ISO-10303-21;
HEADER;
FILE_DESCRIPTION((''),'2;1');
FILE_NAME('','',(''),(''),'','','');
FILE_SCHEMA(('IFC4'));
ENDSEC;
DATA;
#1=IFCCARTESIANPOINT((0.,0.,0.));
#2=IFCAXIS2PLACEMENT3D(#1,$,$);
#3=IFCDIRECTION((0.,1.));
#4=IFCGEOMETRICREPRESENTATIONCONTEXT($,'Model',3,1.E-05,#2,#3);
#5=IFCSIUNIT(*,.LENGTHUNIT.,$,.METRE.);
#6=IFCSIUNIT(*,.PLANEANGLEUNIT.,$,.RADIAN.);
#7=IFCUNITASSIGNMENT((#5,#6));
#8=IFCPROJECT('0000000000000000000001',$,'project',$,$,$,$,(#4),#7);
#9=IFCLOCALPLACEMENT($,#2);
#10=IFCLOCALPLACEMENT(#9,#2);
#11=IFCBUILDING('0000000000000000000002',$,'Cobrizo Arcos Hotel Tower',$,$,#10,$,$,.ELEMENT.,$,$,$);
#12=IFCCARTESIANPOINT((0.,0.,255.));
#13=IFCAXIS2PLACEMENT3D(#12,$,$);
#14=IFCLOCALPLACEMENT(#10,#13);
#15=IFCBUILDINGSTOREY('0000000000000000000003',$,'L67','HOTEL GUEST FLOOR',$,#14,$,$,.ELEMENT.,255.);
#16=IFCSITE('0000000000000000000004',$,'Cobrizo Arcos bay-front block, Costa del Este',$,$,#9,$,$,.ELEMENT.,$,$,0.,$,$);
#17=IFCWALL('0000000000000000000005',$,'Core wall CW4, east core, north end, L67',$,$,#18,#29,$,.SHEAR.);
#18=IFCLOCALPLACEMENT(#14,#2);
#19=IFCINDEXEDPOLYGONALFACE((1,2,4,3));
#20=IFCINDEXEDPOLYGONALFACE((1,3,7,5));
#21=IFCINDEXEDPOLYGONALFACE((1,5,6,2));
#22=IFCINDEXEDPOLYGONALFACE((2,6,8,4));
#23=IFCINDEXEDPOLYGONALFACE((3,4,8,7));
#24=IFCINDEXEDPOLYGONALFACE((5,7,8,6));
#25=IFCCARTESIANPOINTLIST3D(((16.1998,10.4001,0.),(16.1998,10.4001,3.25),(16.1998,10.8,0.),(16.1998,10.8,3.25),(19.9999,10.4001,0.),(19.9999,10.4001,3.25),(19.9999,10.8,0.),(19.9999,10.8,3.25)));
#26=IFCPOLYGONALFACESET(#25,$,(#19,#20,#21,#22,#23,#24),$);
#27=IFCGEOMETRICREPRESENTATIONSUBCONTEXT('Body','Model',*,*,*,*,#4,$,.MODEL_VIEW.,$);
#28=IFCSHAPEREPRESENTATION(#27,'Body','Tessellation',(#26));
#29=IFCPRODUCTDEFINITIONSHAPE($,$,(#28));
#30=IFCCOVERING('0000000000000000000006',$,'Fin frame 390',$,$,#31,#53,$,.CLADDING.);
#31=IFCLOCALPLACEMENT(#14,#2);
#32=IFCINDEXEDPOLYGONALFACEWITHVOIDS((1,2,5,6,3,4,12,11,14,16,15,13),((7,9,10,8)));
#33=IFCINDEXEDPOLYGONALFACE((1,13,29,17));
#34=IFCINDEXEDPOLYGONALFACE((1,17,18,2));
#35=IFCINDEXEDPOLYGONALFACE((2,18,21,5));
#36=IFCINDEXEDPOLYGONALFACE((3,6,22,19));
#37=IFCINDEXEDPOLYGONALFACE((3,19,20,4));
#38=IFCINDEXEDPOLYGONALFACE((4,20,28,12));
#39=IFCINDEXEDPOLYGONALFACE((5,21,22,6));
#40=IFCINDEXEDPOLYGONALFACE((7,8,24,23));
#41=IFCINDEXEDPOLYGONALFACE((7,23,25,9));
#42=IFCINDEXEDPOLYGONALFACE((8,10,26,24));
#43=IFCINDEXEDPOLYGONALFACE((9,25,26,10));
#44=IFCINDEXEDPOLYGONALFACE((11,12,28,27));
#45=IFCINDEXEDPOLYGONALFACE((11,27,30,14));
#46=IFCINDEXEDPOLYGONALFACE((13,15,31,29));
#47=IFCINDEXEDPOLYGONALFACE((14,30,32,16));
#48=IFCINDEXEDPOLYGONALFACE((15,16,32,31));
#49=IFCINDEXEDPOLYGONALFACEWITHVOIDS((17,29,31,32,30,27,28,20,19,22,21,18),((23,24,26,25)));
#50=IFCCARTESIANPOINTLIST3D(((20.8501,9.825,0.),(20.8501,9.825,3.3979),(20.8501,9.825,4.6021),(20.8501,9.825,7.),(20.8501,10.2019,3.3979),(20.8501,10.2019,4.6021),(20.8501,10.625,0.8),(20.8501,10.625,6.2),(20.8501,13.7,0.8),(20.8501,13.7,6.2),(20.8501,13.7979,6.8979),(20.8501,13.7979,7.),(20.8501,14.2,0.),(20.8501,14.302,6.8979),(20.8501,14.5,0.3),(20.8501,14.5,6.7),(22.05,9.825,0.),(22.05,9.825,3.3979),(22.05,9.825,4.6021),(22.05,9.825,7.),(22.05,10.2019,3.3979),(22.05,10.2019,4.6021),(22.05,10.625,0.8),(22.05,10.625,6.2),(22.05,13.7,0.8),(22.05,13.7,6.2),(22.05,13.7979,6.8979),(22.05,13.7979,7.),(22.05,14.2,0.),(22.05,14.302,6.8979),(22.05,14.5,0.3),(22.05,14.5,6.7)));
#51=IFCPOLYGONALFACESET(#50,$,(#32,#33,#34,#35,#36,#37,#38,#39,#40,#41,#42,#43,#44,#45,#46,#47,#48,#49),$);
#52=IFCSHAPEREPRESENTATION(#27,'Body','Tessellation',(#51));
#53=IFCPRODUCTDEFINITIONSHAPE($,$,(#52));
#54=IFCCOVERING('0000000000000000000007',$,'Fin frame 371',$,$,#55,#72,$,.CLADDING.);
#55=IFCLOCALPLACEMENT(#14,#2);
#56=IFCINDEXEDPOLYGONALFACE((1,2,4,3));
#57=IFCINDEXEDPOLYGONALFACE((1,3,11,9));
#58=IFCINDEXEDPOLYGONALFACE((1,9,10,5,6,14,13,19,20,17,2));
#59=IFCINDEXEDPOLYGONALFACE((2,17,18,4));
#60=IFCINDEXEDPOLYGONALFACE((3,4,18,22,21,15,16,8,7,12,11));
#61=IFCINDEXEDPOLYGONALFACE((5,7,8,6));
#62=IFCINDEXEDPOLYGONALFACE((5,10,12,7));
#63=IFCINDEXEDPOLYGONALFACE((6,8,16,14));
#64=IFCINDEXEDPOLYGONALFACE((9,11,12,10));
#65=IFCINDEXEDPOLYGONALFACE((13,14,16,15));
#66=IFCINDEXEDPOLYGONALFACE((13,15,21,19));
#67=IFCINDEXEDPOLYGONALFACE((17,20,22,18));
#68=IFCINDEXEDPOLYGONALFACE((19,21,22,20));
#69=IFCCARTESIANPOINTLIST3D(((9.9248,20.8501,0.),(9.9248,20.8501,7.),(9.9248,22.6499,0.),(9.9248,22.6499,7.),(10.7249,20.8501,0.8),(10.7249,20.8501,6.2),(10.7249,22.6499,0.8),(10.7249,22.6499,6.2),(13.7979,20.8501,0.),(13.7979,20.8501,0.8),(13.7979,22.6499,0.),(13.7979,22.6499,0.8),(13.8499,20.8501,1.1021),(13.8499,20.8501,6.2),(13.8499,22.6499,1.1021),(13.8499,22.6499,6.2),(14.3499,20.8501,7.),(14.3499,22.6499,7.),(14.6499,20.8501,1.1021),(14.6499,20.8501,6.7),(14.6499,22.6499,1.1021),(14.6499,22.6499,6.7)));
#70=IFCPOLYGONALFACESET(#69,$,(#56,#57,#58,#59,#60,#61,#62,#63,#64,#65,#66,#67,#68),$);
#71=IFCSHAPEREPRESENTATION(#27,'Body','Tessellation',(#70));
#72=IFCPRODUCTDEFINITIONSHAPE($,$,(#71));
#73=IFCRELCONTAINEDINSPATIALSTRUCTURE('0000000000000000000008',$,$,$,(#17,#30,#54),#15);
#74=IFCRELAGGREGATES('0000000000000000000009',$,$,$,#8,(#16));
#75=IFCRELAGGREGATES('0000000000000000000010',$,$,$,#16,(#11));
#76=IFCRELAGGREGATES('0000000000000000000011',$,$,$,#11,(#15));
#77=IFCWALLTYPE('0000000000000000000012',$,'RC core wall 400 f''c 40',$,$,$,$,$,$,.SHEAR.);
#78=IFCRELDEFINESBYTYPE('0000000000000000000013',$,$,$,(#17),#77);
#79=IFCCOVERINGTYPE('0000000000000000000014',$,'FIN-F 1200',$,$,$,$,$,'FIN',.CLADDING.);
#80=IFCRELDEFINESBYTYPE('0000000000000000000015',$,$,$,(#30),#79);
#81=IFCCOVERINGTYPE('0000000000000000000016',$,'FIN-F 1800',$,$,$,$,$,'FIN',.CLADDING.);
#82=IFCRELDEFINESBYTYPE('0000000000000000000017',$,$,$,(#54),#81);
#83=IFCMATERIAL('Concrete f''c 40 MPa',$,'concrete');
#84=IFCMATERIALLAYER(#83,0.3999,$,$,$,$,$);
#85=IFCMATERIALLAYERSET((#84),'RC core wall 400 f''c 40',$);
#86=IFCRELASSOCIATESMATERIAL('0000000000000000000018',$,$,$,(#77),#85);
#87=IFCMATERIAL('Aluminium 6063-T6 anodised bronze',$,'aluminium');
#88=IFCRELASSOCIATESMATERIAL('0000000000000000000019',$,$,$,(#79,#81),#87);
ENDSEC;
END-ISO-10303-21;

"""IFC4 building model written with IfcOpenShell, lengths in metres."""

from ifc_helpers import new_model, si_unit, direction, frame, frame_2d, origin, place, context, subcontext, project, spatial, polyline, rectangle, outline, extrude, material, layer, layer_set, type_object, element, save


model = new_model("IFC4")

# Units and contexts
model_context = context("Model", 3, precision=1e-05, world=origin(), true_north=direction((0.0, 1.0)))
body_context = subcontext(model_context, "Body", "Model", "MODEL_VIEW")
ifc_project = project(units=[si_unit("LENGTHUNIT", "METRE"), si_unit("PLANEANGLEUNIT", "RADIAN")], contexts=[model_context])

# Site, building, storey
site_placement = place(None, origin())
site = spatial("IfcSite", under=ifc_project, at=site_placement, Name="Cobrizo Arcos bay-front block, Costa del Este", CompositionType="ELEMENT", RefElevation=0.0)
building_placement = place(site_placement, origin())
building = spatial("IfcBuilding", under=site, at=building_placement, Name="Cobrizo Arcos Hotel Tower", CompositionType="ELEMENT")
storey_placement = place(building_placement, frame((0.0, 0.0, 255.0)))
storey = spatial("IfcBuildingStorey", under=building, at=storey_placement, Name="L67", Description="HOTEL GUEST FLOOR", CompositionType="ELEMENT", Elevation=255.0)

# Shared definitions
ifc_material_1 = material(Name="Aluminium 6063-T6 anodised bronze", Category="aluminium")

# Wall
ifc_material_2 = material(Name="Concrete f'c 40 MPa", Category="concrete")
ifc_layer_1 = layer(ifc_material_2, 0.3999)
ifc_layer_set_1 = layer_set([ifc_layer_1], Name="RC core wall 400 f'c 40")
wall_type_1 = type_object("IfcWallType", Name="RC core wall 400 f'c 40", PredefinedType="SHEAR", material=ifc_layer_set_1)
wall_1_placement = place(storey_placement, frame((16.2, 10.6001, 0.0), z_axis=(0.0, 0.0, 1.0), x_axis=(1.0, 0.0, 0.0)))
element("IfcWall", 1, at=wall_1_placement, inside=storey, type_object=wall_type_1, Name="Core wall CW4, east core, north end, L67", PredefinedType="SHEAR", context=body_context, shape_type="SweptSolid", body=[
    extrude(rectangle(XDim=3.8, YDim=0.3999, at=frame_2d((1.8999, 0.0))), origin(), (0.0, 0.0, 1.0), 3.25),
])

# Coverings
covering_type_1 = type_object("IfcCoveringType", Name="FIN-F 1200", ElementType="FIN", PredefinedType="CLADDING", material=ifc_material_1)
covering_1_placement = place(storey_placement, frame((20.8501, 9.825, 0.0), z_axis=(1.0, 0.0, 0.0), x_axis=(0.0, 1.0, 0.0)))
element("IfcCovering", 2, at=covering_1_placement, inside=storey, type_object=covering_type_1, Name="Fin frame 390", PredefinedType="CLADDING", context=body_context, shape_type="SweptSolid", body=[
    extrude(outline(polyline([(4.675, 6.7), (4.4771, 6.8979), (3.9729, 6.8979), (3.9729, 7.0), (0.0, 7.0), (0.0, 4.6021), (0.377, 4.6021), (0.377, 3.3979), (0.0, 3.3979), (0.0, 0.0), (4.375, 0.0), (4.675, 0.3), (4.675, 6.7)]), holes=[polyline([(3.875, 0.8), (0.8, 0.8), (0.8, 6.2), (3.875, 6.2), (3.875, 0.8)])]), origin(), (0.0, 0.0, 1.0), 1.2),
])
covering_type_2 = type_object("IfcCoveringType", Name="FIN-F 1800", ElementType="FIN", PredefinedType="CLADDING", material=ifc_material_1)
covering_2_placement = place(storey_placement, frame((14.6499, 20.8501, 0.0), z_axis=(0.0, 1.0, 0.0), x_axis=(-1.0, 0.0, 0.0)))
element("IfcCovering", 3, at=covering_2_placement, inside=storey, type_object=covering_type_2, Name="Fin frame 371", PredefinedType="CLADDING", context=body_context, shape_type="SweptSolid", body=[
    extrude(outline(polyline([(0.0, 6.7), (0.0, 1.1021), (0.8, 1.1021), (0.8, 6.2), (3.925, 6.2), (3.925, 0.8), (0.8521, 0.8), (0.8521, 0.0), (4.7251, 0.0), (4.7251, 7.0), (0.3, 7.0), (0.0, 6.7)])), origin(), (0.0, 0.0, 1.0), 1.7998),
])

save(model, "model.ifc")
